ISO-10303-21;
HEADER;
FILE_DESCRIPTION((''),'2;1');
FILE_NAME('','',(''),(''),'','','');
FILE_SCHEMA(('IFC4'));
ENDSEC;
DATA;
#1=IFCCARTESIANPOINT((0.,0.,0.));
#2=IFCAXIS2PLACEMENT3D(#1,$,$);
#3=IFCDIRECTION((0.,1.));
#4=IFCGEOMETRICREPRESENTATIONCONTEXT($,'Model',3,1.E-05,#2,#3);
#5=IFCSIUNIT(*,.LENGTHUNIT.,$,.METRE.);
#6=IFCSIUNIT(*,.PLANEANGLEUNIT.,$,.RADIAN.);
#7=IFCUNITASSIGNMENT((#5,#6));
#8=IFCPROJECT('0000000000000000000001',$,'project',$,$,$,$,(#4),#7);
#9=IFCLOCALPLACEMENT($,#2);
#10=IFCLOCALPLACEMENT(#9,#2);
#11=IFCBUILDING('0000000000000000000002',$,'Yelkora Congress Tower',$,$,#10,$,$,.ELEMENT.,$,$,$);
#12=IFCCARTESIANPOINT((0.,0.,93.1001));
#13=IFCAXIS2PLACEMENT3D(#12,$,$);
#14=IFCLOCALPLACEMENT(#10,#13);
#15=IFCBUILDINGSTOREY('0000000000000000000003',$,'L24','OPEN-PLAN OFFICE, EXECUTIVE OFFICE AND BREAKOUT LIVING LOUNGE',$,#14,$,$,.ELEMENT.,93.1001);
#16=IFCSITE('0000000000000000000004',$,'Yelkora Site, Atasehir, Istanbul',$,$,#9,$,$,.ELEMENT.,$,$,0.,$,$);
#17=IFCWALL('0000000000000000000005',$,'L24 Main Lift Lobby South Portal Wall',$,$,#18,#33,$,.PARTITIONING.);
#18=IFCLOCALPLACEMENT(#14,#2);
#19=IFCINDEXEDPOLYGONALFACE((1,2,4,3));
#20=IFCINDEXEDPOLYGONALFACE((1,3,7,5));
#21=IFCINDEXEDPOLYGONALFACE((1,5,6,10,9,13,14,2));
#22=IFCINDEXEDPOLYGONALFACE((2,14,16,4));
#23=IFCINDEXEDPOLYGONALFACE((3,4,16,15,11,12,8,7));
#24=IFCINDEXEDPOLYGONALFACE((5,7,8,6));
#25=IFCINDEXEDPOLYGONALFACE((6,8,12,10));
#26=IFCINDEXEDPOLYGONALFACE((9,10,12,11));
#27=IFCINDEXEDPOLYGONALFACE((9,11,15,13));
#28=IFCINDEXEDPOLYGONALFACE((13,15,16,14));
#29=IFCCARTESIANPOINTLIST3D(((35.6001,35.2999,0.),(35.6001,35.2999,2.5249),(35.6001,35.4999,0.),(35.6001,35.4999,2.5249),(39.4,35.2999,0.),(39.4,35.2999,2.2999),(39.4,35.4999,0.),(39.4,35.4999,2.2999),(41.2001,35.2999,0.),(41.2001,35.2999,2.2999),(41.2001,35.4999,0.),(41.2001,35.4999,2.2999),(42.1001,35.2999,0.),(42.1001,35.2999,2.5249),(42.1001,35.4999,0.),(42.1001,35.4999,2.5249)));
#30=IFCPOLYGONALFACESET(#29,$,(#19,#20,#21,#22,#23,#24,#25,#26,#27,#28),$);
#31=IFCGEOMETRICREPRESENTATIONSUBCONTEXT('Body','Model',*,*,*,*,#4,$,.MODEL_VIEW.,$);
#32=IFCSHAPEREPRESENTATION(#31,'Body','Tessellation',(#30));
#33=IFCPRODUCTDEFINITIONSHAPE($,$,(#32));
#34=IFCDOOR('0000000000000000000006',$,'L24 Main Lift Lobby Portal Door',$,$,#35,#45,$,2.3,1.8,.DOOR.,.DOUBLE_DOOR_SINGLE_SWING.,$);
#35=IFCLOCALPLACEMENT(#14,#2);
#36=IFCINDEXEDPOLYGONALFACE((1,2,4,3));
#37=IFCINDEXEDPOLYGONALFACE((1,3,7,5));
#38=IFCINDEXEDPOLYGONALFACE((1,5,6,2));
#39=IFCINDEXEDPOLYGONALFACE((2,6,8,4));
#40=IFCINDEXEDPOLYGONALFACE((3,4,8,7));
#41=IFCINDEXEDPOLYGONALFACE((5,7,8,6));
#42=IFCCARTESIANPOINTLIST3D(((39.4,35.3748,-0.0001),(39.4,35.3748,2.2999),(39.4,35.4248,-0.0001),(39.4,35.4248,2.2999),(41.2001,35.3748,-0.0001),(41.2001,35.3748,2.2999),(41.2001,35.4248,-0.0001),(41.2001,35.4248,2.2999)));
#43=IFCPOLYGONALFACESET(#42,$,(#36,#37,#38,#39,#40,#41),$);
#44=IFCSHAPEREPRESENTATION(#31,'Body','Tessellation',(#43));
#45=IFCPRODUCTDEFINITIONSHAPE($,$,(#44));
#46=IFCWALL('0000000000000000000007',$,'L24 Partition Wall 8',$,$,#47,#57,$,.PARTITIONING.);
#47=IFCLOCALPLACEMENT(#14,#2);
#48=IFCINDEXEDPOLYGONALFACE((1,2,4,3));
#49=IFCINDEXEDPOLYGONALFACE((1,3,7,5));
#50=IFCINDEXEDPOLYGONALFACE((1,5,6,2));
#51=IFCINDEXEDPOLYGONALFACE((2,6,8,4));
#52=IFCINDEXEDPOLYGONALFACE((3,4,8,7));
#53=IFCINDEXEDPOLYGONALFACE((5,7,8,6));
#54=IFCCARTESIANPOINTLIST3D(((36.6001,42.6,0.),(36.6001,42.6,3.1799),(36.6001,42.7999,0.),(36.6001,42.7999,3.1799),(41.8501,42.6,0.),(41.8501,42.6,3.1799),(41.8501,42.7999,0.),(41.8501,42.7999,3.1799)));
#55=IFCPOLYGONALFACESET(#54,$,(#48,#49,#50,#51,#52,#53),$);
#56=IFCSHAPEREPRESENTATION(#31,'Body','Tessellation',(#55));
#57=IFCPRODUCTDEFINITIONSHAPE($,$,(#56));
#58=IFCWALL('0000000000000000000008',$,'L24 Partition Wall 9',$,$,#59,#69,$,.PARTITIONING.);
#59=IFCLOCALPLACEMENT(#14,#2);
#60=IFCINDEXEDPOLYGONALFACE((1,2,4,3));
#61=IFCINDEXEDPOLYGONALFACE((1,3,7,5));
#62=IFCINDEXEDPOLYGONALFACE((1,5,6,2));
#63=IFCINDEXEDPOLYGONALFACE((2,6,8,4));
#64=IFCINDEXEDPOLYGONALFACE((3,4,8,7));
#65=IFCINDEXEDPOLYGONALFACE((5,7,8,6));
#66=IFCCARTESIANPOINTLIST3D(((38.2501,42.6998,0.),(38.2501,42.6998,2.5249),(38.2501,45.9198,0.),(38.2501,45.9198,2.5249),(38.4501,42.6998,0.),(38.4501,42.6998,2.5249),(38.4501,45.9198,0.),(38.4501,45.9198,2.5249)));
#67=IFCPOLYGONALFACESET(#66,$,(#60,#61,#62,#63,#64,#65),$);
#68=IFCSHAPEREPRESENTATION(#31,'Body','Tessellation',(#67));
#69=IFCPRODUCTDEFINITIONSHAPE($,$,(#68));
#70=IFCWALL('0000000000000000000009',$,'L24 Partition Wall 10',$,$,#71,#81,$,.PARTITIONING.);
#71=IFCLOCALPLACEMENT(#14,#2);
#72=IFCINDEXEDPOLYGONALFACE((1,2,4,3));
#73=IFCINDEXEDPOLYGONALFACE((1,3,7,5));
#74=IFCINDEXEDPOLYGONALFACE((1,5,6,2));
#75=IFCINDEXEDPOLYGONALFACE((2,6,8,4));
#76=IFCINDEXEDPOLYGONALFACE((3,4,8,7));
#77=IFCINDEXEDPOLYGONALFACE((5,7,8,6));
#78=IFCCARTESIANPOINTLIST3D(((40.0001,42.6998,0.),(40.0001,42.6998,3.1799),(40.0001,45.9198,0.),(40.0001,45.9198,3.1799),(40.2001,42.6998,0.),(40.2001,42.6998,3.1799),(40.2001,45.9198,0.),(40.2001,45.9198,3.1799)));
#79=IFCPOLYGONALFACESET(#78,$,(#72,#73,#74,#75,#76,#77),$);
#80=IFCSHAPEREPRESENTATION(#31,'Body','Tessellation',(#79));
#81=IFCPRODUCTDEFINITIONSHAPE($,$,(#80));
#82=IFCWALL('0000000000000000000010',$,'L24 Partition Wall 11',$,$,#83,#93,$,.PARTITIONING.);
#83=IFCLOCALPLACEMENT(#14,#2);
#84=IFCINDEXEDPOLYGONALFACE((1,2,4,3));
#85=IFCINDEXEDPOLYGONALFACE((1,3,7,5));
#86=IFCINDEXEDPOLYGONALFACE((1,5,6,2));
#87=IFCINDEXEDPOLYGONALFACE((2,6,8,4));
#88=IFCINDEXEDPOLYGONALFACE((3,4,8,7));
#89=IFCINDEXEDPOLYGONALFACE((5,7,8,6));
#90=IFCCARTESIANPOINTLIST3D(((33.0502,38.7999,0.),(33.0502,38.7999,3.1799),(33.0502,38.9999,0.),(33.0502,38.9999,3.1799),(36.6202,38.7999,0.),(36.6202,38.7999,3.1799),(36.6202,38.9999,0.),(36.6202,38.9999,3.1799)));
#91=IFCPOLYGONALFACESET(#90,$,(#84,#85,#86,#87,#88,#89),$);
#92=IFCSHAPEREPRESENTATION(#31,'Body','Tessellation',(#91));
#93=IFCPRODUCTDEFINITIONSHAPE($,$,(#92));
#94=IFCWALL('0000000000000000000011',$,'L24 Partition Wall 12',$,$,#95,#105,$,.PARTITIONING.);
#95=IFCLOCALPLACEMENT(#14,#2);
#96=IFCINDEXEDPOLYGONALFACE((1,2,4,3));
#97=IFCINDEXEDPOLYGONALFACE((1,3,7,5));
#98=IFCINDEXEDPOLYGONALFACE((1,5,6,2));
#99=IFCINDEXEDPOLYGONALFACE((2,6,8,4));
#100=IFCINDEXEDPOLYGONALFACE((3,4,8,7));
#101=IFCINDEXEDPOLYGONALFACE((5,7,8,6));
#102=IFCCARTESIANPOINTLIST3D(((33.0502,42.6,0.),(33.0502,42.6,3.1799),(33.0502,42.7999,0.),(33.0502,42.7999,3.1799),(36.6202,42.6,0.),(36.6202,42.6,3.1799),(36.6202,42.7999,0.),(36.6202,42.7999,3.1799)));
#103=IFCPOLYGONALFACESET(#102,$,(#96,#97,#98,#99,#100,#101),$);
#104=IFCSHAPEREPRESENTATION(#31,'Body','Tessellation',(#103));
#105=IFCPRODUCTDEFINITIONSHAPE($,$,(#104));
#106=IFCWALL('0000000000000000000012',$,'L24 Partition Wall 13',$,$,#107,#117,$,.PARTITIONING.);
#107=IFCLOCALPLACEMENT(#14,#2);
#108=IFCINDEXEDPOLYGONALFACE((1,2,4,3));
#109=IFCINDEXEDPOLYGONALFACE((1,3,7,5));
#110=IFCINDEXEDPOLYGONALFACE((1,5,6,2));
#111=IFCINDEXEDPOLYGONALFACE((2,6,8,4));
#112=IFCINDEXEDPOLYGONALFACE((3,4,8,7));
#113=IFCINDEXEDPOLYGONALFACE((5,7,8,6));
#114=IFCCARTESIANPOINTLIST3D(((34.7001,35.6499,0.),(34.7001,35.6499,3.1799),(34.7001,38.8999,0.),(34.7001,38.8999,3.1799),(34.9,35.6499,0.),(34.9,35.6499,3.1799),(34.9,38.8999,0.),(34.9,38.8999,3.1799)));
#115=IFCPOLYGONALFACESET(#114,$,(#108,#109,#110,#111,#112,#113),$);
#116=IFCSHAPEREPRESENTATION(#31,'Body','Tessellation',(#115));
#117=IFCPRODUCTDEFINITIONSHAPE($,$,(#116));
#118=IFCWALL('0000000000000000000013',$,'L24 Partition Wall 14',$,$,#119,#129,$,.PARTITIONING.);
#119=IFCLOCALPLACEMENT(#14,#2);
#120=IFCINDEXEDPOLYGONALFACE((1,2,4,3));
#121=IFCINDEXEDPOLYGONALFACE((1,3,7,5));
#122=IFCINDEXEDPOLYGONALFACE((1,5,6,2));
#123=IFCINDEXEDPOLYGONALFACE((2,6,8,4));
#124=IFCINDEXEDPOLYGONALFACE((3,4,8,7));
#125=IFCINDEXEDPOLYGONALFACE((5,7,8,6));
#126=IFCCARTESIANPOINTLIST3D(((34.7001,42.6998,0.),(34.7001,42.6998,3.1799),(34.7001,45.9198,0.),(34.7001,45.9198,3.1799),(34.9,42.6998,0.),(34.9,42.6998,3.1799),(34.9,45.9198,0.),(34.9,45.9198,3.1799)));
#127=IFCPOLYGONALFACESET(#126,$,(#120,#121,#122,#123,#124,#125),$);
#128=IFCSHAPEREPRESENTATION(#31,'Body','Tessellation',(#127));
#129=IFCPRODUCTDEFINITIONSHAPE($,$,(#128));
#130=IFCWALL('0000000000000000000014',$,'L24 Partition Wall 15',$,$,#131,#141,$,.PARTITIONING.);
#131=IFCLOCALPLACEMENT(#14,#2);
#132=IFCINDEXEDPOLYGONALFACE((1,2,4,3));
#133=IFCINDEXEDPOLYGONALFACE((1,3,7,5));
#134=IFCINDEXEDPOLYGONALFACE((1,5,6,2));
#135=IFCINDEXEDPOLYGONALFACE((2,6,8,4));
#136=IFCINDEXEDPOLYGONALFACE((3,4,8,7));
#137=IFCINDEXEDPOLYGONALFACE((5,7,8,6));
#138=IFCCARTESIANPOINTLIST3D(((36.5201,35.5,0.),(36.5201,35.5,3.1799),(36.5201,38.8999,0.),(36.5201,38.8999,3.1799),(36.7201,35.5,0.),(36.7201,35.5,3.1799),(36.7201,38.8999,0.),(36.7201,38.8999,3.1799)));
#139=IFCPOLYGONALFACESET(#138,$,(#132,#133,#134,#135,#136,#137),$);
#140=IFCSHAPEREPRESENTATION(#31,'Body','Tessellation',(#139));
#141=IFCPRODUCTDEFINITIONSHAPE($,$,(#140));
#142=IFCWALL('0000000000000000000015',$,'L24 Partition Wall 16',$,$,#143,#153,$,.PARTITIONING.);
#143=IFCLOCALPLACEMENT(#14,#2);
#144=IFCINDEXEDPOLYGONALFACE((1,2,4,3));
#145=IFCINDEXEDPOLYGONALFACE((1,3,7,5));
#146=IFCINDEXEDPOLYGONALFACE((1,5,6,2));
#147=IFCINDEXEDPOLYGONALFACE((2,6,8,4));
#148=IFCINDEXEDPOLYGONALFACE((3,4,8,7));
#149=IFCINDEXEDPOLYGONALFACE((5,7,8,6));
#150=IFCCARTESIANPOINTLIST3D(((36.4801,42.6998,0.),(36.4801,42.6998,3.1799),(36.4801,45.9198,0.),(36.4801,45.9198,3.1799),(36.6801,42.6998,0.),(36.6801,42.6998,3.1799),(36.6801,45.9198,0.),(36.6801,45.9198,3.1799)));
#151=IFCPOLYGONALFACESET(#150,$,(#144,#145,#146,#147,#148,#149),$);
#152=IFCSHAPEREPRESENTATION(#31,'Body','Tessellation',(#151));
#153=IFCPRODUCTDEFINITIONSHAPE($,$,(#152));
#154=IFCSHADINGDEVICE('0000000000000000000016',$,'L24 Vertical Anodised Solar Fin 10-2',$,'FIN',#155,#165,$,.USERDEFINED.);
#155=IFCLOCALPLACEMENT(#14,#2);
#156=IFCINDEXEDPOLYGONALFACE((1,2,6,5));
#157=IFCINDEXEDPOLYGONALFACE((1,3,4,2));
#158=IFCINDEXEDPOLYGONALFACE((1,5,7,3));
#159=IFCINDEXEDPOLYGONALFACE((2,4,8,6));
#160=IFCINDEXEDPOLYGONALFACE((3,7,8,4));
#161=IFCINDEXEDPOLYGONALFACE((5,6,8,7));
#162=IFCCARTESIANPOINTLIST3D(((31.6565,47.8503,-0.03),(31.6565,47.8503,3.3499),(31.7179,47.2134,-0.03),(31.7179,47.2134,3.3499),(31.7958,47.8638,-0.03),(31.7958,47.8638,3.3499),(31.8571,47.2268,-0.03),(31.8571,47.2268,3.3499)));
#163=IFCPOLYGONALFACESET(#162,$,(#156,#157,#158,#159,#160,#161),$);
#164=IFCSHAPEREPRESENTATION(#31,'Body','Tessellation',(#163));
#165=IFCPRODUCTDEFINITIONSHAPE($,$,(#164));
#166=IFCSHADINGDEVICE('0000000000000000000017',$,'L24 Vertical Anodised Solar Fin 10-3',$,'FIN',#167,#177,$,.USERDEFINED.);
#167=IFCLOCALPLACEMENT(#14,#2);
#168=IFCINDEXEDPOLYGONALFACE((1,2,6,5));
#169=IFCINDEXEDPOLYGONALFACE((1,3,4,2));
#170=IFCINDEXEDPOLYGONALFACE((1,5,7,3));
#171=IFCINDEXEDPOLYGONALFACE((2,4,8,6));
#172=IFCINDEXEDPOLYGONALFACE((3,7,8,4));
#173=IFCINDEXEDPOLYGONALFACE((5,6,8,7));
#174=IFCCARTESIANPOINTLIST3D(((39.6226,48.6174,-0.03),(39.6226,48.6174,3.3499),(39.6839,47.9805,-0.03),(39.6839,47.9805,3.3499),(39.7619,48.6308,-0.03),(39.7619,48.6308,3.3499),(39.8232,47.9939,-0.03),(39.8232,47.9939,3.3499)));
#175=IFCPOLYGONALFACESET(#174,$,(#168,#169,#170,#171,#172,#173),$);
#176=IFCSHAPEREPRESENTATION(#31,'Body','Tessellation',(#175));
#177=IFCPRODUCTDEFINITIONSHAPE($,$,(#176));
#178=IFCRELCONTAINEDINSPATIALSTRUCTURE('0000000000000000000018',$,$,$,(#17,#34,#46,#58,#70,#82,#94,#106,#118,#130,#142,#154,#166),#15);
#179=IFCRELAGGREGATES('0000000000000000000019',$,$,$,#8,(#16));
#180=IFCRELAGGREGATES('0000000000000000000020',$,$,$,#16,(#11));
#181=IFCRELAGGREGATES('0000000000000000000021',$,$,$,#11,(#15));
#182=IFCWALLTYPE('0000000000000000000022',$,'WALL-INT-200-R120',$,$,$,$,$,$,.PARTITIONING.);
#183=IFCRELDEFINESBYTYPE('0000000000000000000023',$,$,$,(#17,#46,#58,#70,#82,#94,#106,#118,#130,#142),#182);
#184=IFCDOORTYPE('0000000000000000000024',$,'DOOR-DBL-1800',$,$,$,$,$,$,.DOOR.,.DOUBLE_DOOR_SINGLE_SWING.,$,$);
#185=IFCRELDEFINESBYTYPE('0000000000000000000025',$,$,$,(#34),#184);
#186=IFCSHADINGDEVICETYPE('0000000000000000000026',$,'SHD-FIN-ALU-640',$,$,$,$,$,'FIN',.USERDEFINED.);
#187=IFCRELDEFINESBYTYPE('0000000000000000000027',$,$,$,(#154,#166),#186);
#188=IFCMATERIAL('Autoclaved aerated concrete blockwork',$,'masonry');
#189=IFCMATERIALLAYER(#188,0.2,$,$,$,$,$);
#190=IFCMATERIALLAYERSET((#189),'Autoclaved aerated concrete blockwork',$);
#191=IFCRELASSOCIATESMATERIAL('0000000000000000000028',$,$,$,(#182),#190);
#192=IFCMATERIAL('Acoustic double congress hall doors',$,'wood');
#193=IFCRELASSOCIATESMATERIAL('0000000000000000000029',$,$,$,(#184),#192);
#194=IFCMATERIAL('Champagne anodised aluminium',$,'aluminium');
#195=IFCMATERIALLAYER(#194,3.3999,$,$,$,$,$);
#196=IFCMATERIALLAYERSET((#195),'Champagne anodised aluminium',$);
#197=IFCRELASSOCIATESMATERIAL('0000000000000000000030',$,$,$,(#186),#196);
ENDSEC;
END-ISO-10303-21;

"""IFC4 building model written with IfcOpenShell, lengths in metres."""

from ifc_helpers import new_model, si_unit, direction, frame, frame_2d, origin, origin_2d, place, context, subcontext, project, spatial, rectangle, extrude, material, layer, layer_set, type_object, element, fill, save


model = new_model("IFC4")

# Units and contexts
model_context = context("Model", 3, precision=1e-05, world=origin(), true_north=direction((0.0, 1.0)))
body_context = subcontext(model_context, "Body", "Model", "MODEL_VIEW")
ifc_project = project(units=[si_unit("LENGTHUNIT", "METRE"), si_unit("PLANEANGLEUNIT", "RADIAN")], contexts=[model_context])

# Site, building, storey
site_placement = place(None, origin())
site = spatial("IfcSite", under=ifc_project, at=site_placement, Name="Yelkora Site, Atasehir, Istanbul", CompositionType="ELEMENT", RefElevation=0.0)
building_placement = place(site_placement, origin())
building = spatial("IfcBuilding", under=site, at=building_placement, Name="Yelkora Congress Tower", CompositionType="ELEMENT")
storey_placement = place(building_placement, frame((0.0, 0.0, 93.1001)))
storey = spatial("IfcBuildingStorey", under=building, at=storey_placement, Name="L24", Description="OPEN-PLAN OFFICE, EXECUTIVE OFFICE AND BREAKOUT LIVING LOUNGE", CompositionType="ELEMENT", Elevation=93.1001)

# Wall, opening, door
ifc_material_1 = material(Name="Autoclaved aerated concrete blockwork", Category="masonry")
ifc_layer_1 = layer(ifc_material_1, 0.2)
ifc_layer_set_1 = layer_set([ifc_layer_1], Name="Autoclaved aerated concrete blockwork")
wall_type_1 = type_object("IfcWallType", Name="WALL-INT-200-R120", PredefinedType="PARTITIONING", material=ifc_layer_set_1)
wall_1_placement = place(storey_placement, frame((35.6001, 35.3999, 0.0), z_axis=(0.0, 0.0, 1.0), x_axis=(1.0, 0.0, 0.0)))
wall_1 = element("IfcWall", 1, at=wall_1_placement, inside=storey, type_object=wall_type_1, Name="L24 Main Lift Lobby South Portal Wall", PredefinedType="PARTITIONING", context=body_context, shape_type="SweptSolid", body=[
    extrude(rectangle(XDim=6.5, YDim=0.2, at=frame_2d((3.25, 0.0))), origin(), (0.0, 0.0, 1.0), 2.5249),
])
opening_placement = place(wall_1_placement, frame((3.8, 0.0, 0.0)))
opening = element("IfcOpeningElement", 2, at=opening_placement, cuts=wall_1, PredefinedType="OPENING", context=body_context, shape_type="SweptSolid", body=[
    extrude(rectangle(XDim=1.8, YDim=2.3, at=frame_2d((0.8999, 1.1499))), frame((0.0, 0.1099, 0.0), z_axis=(0.0, -1.0, 0.0), x_axis=(1.0, 0.0, 0.0)), (0.0, 0.0, 1.0), 0.22),
])
ifc_material_2 = material(Name="Acoustic double congress hall doors", Category="wood")
door_type = type_object("IfcDoorType", Name="DOOR-DBL-1800", OperationType="DOUBLE_DOOR_SINGLE_SWING", PredefinedType="DOOR", material=ifc_material_2)
door_placement = place(opening_placement, origin())
door = element("IfcDoor", 3, at=door_placement, inside=storey, type_object=door_type, Name="L24 Main Lift Lobby Portal Door", OperationType="DOUBLE_DOOR_SINGLE_SWING", OverallHeight=2.3, OverallWidth=1.8, PredefinedType="DOOR", context=body_context, shape_type="SweptSolid", body=[
    extrude(rectangle(XDim=1.8, YDim=2.3, at=frame_2d((0.8999, 1.1499))), frame((0.0, 0.0249, 0.0), z_axis=(0.0, -1.0, 0.0), x_axis=(1.0, 0.0, 0.0)), (0.0, 0.0, 1.0), 0.05),
])
fill(opening, door)

# Walls
wall_2_placement = place(storey_placement, frame((36.6001, 42.7, 0.0), z_axis=(0.0, 0.0, 1.0), x_axis=(1.0, 0.0, 0.0)))
element("IfcWall", 4, at=wall_2_placement, inside=storey, type_object=wall_type_1, Name="L24 Partition Wall 8", PredefinedType="PARTITIONING", context=body_context, shape_type="SweptSolid", body=[
    extrude(rectangle(XDim=5.25, YDim=0.2, at=frame_2d((2.625, 0.0))), origin(), (0.0, 0.0, 1.0), 3.1799),
])
wall_3_placement = place(storey_placement, frame((38.3501, 42.7, 0.0), z_axis=(0.0, 0.0, 1.0), x_axis=(0.0, 1.0, 0.0)))
element("IfcWall", 5, at=wall_3_placement, inside=storey, type_object=wall_type_1, Name="L24 Partition Wall 9", PredefinedType="PARTITIONING", context=body_context, shape_type="SweptSolid", body=[
    extrude(rectangle(XDim=3.22, YDim=0.2, at=frame_2d((1.6099, 0.0))), origin(), (0.0, 0.0, 1.0), 2.5249),
])
wall_4_placement = place(storey_placement, frame((40.1001, 42.7, 0.0), z_axis=(0.0, 0.0, 1.0), x_axis=(0.0, 1.0, 0.0)))
element("IfcWall", 6, at=wall_4_placement, inside=storey, type_object=wall_type_1, Name="L24 Partition Wall 10", PredefinedType="PARTITIONING", context=body_context, shape_type="SweptSolid", body=[
    extrude(rectangle(XDim=3.22, YDim=0.2, at=frame_2d((1.6099, 0.0))), origin(), (0.0, 0.0, 1.0), 3.1799),
])
for number, where, z_axis, x_axis, name in (
    (7, (33.05, 38.8999, 0.0), (0.0, 0.0, 1.0), (1.0, 0.0, 0.0), "L24 Partition Wall 11"),
    (8, (33.05, 42.7, 0.0), (0.0, 0.0, 1.0), (1.0, 0.0, 0.0), "L24 Partition Wall 12"),
):
    element("IfcWall", number, at=place(storey_placement, frame(where, z_axis=z_axis, x_axis=x_axis)), inside=storey, type_object=wall_type_1, Name=name, PredefinedType="PARTITIONING", context=body_context, shape_type="SweptSolid", body=[
        extrude(rectangle(XDim=3.5701, YDim=0.2, at=frame_2d((1.7852, 0.0))), origin(), (0.0, 0.0, 1.0), 3.1799),
    ])
wall_5_placement = place(storey_placement, frame((34.8, 35.6499, 0.0), z_axis=(0.0, 0.0, 1.0), x_axis=(0.0, 1.0, 0.0)))
element("IfcWall", 9, at=wall_5_placement, inside=storey, type_object=wall_type_1, Name="L24 Partition Wall 13", PredefinedType="PARTITIONING", context=body_context, shape_type="SweptSolid", body=[
    extrude(rectangle(XDim=3.25, YDim=0.2, at=frame_2d((1.625, 0.0))), origin(), (0.0, 0.0, 1.0), 3.1799),
])
wall_6_placement = place(storey_placement, frame((34.8, 42.7, 0.0), z_axis=(0.0, 0.0, 1.0), x_axis=(0.0, 1.0, 0.0)))
element("IfcWall", 10, at=wall_6_placement, inside=storey, type_object=wall_type_1, Name="L24 Partition Wall 14", PredefinedType="PARTITIONING", context=body_context, shape_type="SweptSolid", body=[
    extrude(rectangle(XDim=3.22, YDim=0.2, at=frame_2d((1.6099, 0.0))), origin(), (0.0, 0.0, 1.0), 3.1799),
])
wall_7_placement = place(storey_placement, frame((36.6201, 35.5, 0.0), z_axis=(0.0, 0.0, 1.0), x_axis=(0.0, 1.0, 0.0)))
element("IfcWall", 11, at=wall_7_placement, inside=storey, type_object=wall_type_1, Name="L24 Partition Wall 15", PredefinedType="PARTITIONING", context=body_context, shape_type="SweptSolid", body=[
    extrude(rectangle(XDim=3.3999, YDim=0.2, at=frame_2d((1.7, 0.0))), origin(), (0.0, 0.0, 1.0), 3.1799),
])
wall_8_placement = place(storey_placement, frame((36.5801, 42.7, 0.0), z_axis=(0.0, 0.0, 1.0), x_axis=(0.0, 1.0, 0.0)))
element("IfcWall", 12, at=wall_8_placement, inside=storey, type_object=wall_type_1, Name="L24 Partition Wall 16", PredefinedType="PARTITIONING", context=body_context, shape_type="SweptSolid", body=[
    extrude(rectangle(XDim=3.22, YDim=0.2, at=frame_2d((1.6099, 0.0))), origin(), (0.0, 0.0, 1.0), 3.1799),
])

# Shading devices
ifc_material_3 = material(Name="Champagne anodised aluminium", Category="aluminium")
ifc_layer_2 = layer(ifc_material_3, 3.3999)
ifc_layer_set_2 = layer_set([ifc_layer_2], Name="Champagne anodised aluminium")
shading_device_type = type_object("IfcShadingDeviceType", Name="SHD-FIN-ALU-640", ElementType="FIN", PredefinedType="USERDEFINED", material=ifc_layer_set_2)
for number, where, z_axis, x_axis, name in (
    (13, (31.7568, 47.5386, -0.03), (0.0, 0.0, 1.0), (0.995396, 0.095846, 0.0), "L24 Vertical Anodised Solar Fin 10-2"),
    (14, (39.7229, 48.3057, -0.03), (0.0, 0.0, 1.0), (0.995396, 0.095846, 0.0), "L24 Vertical Anodised Solar Fin 10-3"),
):
    element("IfcShadingDevice", number, at=place(storey_placement, frame(where, z_axis=z_axis, x_axis=x_axis)), inside=storey, type_object=shading_device_type, Name=name, ObjectType="FIN", PredefinedType="USERDEFINED", context=body_context, shape_type="SweptSolid", body=[
        extrude(rectangle(XDim=0.1399, YDim=0.6399, at=origin_2d()), origin(), (0.0, 0.0, 1.0), 3.3799),
    ])

save(model, "model.ifc")
